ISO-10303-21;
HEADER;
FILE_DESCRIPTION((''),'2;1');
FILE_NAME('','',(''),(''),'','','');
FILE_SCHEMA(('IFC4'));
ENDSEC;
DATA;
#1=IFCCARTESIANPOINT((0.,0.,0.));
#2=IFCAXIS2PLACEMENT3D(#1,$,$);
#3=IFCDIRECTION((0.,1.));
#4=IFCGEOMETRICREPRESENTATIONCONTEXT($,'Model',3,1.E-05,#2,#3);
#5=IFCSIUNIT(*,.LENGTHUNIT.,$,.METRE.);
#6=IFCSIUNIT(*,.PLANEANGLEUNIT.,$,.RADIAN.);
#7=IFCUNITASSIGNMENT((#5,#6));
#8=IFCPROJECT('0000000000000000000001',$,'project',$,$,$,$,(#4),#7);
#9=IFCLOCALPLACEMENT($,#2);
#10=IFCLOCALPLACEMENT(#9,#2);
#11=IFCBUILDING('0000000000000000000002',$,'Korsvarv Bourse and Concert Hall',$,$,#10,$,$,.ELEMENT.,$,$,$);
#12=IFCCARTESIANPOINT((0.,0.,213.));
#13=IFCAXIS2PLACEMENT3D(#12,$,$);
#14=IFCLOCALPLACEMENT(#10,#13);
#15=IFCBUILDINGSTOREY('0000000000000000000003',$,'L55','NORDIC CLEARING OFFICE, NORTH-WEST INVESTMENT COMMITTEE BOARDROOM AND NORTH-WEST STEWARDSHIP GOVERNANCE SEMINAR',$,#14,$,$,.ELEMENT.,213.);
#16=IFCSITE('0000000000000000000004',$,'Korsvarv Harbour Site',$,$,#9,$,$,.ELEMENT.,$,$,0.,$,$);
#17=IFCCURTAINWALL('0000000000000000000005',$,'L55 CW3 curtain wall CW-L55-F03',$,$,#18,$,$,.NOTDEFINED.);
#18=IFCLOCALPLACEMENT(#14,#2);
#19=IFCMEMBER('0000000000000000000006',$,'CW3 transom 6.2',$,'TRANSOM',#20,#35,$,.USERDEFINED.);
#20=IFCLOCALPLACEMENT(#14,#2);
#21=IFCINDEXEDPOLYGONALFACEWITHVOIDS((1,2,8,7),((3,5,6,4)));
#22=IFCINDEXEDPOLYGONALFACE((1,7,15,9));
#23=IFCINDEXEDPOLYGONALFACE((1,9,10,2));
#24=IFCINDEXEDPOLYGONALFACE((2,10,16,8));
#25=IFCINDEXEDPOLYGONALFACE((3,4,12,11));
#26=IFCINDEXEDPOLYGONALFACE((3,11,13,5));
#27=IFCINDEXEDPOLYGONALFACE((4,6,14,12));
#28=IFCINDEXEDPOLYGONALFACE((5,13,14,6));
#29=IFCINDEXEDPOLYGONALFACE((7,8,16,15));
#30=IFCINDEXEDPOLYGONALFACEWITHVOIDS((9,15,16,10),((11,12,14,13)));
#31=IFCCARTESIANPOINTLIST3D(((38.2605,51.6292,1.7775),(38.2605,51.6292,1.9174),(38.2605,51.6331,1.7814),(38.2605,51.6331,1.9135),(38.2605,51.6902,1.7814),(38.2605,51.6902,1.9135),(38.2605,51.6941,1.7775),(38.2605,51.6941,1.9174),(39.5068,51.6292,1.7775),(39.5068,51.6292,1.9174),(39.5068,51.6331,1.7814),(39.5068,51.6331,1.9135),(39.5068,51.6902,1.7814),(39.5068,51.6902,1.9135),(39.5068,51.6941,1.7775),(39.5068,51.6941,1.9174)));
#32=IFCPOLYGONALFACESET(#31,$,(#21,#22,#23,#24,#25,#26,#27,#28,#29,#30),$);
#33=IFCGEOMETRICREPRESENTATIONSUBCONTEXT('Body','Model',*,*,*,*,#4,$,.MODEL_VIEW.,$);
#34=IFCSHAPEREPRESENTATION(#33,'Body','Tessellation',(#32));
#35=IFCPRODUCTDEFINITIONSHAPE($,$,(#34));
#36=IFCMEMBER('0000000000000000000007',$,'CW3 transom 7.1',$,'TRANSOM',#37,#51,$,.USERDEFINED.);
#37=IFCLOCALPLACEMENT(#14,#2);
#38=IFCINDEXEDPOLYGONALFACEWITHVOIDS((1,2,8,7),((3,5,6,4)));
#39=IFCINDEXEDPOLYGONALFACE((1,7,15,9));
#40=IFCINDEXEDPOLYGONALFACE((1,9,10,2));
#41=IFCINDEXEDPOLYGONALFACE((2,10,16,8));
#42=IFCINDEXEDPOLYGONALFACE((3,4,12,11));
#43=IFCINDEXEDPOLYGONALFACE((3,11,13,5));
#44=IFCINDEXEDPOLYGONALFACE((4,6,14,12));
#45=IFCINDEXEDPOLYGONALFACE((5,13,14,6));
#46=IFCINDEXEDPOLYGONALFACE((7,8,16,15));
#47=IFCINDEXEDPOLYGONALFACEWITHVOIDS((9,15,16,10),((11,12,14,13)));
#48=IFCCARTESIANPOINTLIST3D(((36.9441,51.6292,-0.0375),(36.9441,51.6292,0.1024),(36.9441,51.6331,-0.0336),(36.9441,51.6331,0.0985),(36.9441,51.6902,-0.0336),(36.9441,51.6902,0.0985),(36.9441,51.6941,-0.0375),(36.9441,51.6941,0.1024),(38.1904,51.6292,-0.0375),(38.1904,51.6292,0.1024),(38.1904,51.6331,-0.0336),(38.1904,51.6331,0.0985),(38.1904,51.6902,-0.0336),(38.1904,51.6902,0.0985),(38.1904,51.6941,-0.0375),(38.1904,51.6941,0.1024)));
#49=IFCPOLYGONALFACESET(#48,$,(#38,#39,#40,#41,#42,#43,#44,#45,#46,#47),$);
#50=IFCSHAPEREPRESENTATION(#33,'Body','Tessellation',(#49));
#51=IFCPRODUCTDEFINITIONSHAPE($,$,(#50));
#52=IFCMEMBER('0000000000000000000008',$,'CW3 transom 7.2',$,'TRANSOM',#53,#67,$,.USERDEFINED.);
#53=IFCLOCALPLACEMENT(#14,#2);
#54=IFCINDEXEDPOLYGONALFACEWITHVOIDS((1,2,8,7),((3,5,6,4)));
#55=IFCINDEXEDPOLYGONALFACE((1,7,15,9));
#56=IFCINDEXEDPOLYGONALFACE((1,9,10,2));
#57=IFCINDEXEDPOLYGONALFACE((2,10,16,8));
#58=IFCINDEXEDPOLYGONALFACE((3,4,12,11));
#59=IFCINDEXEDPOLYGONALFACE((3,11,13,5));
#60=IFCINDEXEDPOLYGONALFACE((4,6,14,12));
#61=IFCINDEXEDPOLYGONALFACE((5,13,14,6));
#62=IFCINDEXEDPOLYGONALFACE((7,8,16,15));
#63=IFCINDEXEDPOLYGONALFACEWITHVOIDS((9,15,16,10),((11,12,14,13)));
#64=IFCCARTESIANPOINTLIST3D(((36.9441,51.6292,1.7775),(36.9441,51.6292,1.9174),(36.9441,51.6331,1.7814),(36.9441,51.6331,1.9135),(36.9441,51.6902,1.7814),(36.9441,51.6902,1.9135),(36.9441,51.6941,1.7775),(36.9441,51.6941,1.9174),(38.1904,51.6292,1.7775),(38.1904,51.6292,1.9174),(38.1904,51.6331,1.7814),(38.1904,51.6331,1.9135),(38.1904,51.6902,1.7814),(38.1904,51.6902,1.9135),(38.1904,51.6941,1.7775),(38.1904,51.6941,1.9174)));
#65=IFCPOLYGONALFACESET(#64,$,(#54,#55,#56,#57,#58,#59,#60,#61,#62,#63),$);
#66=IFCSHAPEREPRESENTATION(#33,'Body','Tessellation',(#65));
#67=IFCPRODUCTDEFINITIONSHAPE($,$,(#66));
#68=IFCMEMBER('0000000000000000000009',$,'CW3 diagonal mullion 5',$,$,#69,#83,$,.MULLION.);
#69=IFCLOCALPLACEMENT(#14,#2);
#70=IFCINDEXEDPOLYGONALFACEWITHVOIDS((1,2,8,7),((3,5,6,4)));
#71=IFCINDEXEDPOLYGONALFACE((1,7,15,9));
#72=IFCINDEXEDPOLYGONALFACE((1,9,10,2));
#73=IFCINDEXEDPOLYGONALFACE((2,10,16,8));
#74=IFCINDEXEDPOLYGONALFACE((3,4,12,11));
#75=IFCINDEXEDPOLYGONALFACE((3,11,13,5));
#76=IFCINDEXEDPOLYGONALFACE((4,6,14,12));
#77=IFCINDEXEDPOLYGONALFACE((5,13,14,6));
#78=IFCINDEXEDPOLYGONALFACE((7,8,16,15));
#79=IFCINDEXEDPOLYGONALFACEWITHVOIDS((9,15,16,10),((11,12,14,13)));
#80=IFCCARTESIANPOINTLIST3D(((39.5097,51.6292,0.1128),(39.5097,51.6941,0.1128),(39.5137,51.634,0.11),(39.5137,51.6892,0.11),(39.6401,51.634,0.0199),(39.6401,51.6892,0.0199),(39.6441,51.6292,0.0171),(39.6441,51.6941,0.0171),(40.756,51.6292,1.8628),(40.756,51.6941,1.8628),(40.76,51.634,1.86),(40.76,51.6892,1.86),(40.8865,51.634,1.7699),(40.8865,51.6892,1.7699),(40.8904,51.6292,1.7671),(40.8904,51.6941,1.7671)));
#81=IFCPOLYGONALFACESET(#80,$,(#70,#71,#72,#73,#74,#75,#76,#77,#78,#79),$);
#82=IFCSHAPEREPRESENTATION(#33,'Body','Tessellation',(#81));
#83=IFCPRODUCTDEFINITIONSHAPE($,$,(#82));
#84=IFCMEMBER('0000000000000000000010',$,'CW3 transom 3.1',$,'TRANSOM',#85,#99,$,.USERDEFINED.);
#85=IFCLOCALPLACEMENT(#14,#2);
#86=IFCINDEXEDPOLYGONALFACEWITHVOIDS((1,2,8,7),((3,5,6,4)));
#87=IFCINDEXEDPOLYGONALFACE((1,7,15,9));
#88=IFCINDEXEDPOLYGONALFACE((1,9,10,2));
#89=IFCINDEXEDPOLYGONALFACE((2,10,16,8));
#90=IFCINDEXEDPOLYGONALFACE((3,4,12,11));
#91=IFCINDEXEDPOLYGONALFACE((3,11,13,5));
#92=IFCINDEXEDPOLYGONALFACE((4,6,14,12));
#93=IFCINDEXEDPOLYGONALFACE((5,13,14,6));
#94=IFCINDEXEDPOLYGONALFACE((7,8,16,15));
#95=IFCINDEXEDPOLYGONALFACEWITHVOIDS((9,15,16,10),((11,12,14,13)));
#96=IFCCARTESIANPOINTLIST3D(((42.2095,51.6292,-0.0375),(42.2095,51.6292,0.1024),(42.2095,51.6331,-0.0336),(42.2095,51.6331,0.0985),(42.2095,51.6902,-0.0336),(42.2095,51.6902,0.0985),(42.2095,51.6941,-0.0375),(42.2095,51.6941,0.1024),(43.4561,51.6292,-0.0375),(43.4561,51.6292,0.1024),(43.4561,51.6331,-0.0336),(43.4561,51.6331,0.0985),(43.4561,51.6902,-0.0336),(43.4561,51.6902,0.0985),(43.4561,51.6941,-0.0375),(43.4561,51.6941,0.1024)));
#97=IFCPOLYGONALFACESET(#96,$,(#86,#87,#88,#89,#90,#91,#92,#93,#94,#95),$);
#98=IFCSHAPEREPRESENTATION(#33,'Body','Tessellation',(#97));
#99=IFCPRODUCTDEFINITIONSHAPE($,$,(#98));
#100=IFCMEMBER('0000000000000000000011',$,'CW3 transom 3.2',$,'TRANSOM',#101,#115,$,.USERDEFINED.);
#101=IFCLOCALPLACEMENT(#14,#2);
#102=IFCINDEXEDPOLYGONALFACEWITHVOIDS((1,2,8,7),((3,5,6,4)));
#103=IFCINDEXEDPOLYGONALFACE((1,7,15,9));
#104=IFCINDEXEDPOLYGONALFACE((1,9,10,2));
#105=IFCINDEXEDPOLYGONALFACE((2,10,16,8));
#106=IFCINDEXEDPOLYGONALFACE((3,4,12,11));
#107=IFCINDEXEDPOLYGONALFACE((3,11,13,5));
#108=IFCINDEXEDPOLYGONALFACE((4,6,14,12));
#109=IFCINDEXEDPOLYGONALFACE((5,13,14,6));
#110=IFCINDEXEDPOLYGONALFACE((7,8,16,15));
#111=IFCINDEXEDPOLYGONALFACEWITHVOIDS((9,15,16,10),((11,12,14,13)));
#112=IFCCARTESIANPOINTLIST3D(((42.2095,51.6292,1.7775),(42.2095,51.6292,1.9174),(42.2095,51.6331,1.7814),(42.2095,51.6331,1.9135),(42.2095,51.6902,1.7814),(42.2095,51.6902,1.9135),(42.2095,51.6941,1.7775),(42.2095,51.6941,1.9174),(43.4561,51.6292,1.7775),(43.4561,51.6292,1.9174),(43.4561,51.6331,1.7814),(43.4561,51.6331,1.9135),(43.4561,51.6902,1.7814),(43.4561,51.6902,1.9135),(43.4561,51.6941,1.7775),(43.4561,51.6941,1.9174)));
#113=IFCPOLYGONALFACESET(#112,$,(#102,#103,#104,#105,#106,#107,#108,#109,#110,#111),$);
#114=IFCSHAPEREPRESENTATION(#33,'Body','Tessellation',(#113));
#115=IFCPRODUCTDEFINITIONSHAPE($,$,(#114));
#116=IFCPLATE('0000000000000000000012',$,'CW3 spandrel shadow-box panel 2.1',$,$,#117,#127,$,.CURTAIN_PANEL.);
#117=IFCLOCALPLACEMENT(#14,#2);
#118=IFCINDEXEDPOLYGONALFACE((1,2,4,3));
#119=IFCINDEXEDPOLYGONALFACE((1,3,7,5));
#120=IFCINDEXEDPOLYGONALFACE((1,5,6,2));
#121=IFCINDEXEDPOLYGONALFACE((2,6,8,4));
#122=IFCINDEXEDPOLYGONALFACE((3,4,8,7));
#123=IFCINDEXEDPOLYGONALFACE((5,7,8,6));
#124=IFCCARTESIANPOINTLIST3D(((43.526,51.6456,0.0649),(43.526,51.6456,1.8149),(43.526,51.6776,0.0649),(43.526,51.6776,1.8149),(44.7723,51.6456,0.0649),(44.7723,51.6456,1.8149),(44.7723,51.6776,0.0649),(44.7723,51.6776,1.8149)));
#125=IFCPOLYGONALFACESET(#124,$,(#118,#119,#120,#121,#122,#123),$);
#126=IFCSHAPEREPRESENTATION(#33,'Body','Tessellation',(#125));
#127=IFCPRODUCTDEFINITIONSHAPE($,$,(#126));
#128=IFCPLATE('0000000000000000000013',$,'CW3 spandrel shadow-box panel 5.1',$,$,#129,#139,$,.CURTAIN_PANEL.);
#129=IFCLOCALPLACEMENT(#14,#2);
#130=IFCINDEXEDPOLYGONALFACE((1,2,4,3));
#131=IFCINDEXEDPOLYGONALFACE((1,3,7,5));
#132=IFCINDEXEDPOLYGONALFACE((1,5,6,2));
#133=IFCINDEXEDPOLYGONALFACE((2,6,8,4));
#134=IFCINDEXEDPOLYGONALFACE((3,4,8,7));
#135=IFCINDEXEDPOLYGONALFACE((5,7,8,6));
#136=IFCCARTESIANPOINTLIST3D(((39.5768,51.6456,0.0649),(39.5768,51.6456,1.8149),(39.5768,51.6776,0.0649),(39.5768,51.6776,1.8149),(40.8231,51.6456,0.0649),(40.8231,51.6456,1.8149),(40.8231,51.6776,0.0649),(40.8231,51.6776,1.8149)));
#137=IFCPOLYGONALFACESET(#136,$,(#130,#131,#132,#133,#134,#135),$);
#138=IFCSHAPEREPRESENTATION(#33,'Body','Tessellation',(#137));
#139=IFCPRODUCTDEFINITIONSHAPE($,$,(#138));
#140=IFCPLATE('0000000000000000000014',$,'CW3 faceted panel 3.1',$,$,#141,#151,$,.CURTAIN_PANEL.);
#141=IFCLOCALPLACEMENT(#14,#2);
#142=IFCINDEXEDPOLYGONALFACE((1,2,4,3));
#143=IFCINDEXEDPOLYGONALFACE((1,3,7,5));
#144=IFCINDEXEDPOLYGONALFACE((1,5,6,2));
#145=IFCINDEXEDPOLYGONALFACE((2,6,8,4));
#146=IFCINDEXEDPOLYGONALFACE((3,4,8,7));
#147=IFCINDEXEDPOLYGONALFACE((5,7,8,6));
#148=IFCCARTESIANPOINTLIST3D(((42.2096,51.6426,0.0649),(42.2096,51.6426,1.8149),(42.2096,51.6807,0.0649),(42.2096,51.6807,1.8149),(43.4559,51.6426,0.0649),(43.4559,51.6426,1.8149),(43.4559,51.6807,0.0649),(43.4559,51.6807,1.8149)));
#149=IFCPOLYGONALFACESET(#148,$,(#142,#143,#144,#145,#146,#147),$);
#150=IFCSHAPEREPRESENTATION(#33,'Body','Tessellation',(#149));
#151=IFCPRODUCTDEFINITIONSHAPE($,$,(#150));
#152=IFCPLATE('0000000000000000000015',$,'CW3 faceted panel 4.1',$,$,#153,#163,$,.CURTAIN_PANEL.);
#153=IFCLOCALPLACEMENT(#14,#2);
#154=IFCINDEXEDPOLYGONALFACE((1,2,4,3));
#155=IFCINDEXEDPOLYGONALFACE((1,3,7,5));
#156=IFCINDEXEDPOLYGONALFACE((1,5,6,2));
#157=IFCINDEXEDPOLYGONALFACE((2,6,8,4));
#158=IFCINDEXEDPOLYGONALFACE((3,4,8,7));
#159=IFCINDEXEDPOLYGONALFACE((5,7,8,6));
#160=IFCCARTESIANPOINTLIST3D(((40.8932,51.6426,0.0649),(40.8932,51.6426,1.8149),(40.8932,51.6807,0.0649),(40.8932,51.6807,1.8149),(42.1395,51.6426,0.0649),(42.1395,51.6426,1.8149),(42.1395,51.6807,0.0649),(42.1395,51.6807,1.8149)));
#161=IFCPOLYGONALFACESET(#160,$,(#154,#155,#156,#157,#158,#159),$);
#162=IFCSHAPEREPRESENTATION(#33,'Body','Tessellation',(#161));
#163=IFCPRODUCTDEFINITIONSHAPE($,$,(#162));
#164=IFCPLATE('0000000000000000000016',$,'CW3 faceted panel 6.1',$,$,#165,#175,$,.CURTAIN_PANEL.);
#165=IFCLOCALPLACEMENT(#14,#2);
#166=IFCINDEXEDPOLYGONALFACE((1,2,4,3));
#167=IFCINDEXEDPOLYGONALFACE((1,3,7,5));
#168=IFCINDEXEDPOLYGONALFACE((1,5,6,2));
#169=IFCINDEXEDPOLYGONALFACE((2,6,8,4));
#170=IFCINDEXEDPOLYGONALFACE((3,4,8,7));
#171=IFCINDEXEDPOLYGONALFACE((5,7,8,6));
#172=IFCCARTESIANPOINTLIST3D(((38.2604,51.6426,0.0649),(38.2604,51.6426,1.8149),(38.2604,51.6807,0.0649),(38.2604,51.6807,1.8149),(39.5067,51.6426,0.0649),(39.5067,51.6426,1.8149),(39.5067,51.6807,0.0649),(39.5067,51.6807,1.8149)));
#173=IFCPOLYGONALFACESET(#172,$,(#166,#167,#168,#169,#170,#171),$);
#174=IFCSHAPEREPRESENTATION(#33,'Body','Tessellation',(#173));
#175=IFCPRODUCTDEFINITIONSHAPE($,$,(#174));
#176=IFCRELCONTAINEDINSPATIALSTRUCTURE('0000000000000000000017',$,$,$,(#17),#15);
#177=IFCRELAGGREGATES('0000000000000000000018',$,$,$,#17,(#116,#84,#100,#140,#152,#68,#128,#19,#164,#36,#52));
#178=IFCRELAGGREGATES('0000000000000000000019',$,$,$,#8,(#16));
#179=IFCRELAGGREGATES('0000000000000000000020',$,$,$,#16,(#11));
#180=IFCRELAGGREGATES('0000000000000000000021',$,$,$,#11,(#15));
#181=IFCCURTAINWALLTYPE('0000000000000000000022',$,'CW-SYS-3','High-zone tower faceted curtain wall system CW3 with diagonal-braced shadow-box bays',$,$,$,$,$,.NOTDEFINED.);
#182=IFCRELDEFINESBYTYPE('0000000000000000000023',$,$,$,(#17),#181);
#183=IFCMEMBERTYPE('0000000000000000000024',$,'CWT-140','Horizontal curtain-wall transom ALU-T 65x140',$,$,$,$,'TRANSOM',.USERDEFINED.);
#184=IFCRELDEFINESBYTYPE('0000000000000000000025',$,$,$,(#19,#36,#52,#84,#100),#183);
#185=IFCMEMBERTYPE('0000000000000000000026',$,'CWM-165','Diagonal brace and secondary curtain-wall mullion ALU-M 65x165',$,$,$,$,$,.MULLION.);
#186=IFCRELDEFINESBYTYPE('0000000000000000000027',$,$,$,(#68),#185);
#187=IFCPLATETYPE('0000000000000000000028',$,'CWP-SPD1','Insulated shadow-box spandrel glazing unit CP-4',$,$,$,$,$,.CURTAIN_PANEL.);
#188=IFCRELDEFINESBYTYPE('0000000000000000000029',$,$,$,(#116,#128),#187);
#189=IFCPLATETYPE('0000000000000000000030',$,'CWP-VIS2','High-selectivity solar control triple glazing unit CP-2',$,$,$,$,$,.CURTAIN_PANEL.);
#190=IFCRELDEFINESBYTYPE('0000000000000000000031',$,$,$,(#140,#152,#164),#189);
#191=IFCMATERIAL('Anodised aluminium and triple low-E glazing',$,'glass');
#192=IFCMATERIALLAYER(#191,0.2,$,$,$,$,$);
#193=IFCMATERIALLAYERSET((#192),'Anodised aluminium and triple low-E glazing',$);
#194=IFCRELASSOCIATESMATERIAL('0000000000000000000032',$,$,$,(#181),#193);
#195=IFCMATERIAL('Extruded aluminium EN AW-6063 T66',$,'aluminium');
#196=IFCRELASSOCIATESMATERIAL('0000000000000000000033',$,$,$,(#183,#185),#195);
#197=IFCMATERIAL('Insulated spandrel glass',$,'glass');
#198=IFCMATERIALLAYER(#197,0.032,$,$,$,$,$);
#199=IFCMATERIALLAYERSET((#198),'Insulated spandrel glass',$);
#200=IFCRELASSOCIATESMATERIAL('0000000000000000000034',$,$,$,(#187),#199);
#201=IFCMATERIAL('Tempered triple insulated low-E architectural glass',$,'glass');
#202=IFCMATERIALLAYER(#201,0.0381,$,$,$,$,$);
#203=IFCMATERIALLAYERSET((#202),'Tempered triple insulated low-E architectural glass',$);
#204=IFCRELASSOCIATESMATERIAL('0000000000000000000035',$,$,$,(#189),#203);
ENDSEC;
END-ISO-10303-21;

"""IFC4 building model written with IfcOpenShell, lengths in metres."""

from ifc_helpers import new_model, si_unit, direction, frame, origin, origin_2d, place, context, subcontext, project, spatial, rectangle, hollow_rectangle, extrude, source, transform, mapped, material, layer, layer_set, material_profile, profile_set, type_object, element, aggregate, save


model = new_model("IFC4")

# Units and contexts
model_context = context("Model", 3, precision=1e-05, world=origin(), true_north=direction((0.0, 1.0)))
body_context = subcontext(model_context, "Body", "Model", "MODEL_VIEW")
ifc_project = project(units=[si_unit("LENGTHUNIT", "METRE"), si_unit("PLANEANGLEUNIT", "RADIAN")], contexts=[model_context])

# Site, building, storey
site_placement = place(None, origin())
site = spatial("IfcSite", under=ifc_project, at=site_placement, Name="Korsvarv Harbour Site", CompositionType="ELEMENT", RefElevation=0.0)
building_placement = place(site_placement, origin())
building = spatial("IfcBuilding", under=site, at=building_placement, Name="Korsvarv Bourse and Concert Hall", CompositionType="ELEMENT")
storey_placement = place(building_placement, frame((0.0, 0.0, 213.0)))
storey = spatial("IfcBuildingStorey", under=building, at=storey_placement, Name="L55", Description="NORDIC CLEARING OFFICE, NORTH-WEST INVESTMENT COMMITTEE BOARDROOM AND NORTH-WEST STEWARDSHIP GOVERNANCE SEMINAR", CompositionType="ELEMENT", Elevation=213.0)

# Curtain wall, members, plates
ifc_material_1 = material(Name="Anodised aluminium and triple low-E glazing", Category="glass")
ifc_layer_1 = layer(ifc_material_1, 0.2)
ifc_layer_set_1 = layer_set([ifc_layer_1], Name="Anodised aluminium and triple low-E glazing")
curtain_wall_type = type_object("IfcCurtainWallType", Name="CW-SYS-3", Description="High-zone tower faceted curtain wall system CW3 with diagonal-braced shadow-box bays", PredefinedType="NOTDEFINED", material=ifc_layer_set_1)
curtain_wall_placement = place(storey_placement, origin())
curtain_wall = element("IfcCurtainWall", 1, at=curtain_wall_placement, inside=storey, type_object=curtain_wall_type, Name="L55 CW3 curtain wall CW-L55-F03", PredefinedType="NOTDEFINED")
ifc_material_2 = material(Name="Extruded aluminium EN AW-6063 T66", Category="aluminium")
ifc_material_profile_1 = material_profile(ifc_material_2, hollow_rectangle(XDim=0.0649, YDim=0.1399, WallThickness=0.0039, at=origin_2d()), Name="ALU-T 65x140")
ifc_profile_set_1 = profile_set([ifc_material_profile_1], Name="Extruded aluminium EN AW-6063 T66")
member_type_1 = type_object("IfcMemberType", Name="CWT-140", Description="Horizontal curtain-wall transom ALU-T 65x140", ElementType="TRANSOM", PredefinedType="USERDEFINED", material=ifc_profile_set_1)
shared_shape_1 = source(origin(), body_context, "Body", "SweptSolid", [
    extrude(hollow_rectangle(XDim=0.0649, YDim=0.1399, WallThickness=0.0039, at=origin_2d()), origin(), (0.0, 0.0, 1.0), 1.2463),
])
member_1_placement = place(storey_placement, frame((39.5068, 51.6616, 1.8474), z_axis=(-1.0, 0.0, 0.0), x_axis=(0.0, -1.0, 0.0)))
member_1 = element("IfcMember", 2, at=member_1_placement, type_object=member_type_1, Name="CW3 transom 6.2", ObjectType="TRANSOM", PredefinedType="USERDEFINED", context=body_context, shape_type="MappedRepresentation", body=[
    mapped(shared_shape_1, transform((0.0, 0.0, 0.0), scale=1.0)),
])
member_2_placement = place(storey_placement, frame((38.1904, 51.6616, 0.0325), z_axis=(-1.0, 0.0, 0.0), x_axis=(0.0, -1.0, 0.0)))
member_2 = element("IfcMember", 3, at=member_2_placement, type_object=member_type_1, Name="CW3 transom 7.1", ObjectType="TRANSOM", PredefinedType="USERDEFINED", context=body_context, shape_type="MappedRepresentation", body=[
    mapped(shared_shape_1, transform((0.0, 0.0, 0.0), scale=1.0)),
])
member_3_placement = place(storey_placement, frame((38.1904, 51.6616, 1.8474), z_axis=(-1.0, 0.0, 0.0), x_axis=(0.0, -1.0, 0.0)))
member_3 = element("IfcMember", 4, at=member_3_placement, type_object=member_type_1, Name="CW3 transom 7.2", ObjectType="TRANSOM", PredefinedType="USERDEFINED", context=body_context, shape_type="MappedRepresentation", body=[
    mapped(shared_shape_1, transform((0.0, 0.0, 0.0), scale=1.0)),
])
ifc_material_profile_2 = material_profile(ifc_material_2, hollow_rectangle(XDim=0.0649, YDim=0.165, WallThickness=0.0049, at=origin_2d()), Name="ALU-M 65x165")
ifc_profile_set_2 = profile_set([ifc_material_profile_2], Name="Extruded aluminium EN AW-6063 T66")
member_type_2 = type_object("IfcMemberType", Name="CWM-165", Description="Diagonal brace and secondary curtain-wall mullion ALU-M 65x165", PredefinedType="MULLION", material=ifc_profile_set_2)
shared_shape_2 = source(origin(), body_context, "Body", "SweptSolid", [
    extrude(hollow_rectangle(XDim=0.0649, YDim=0.165, WallThickness=0.0049, at=origin_2d()), origin(), (0.0, 0.0, 1.0), 2.1484),
])
member_4_placement = place(storey_placement, frame((39.5769, 51.6616, 0.0649), z_axis=(0.580109, 0.0, 0.814539), x_axis=(0.0, 1.0, 0.0)))
member_4 = element("IfcMember", 5, at=member_4_placement, type_object=member_type_2, Name="CW3 diagonal mullion 5", PredefinedType="MULLION", context=body_context, shape_type="MappedRepresentation", body=[
    mapped(shared_shape_2, transform((0.0, 0.0, 0.0), scale=1.0)),
])
shared_shape_3 = source(origin(), body_context, "Body", "SweptSolid", [
    extrude(hollow_rectangle(XDim=0.0649, YDim=0.1399, WallThickness=0.0039, at=origin_2d()), origin(), (0.0, 0.0, 1.0), 1.2466),
])
member_5_placement = place(storey_placement, frame((43.4561, 51.6616, 0.0325), z_axis=(-1.0, 0.0, 0.0), x_axis=(0.0, -1.0, 0.0)))
member_5 = element("IfcMember", 6, at=member_5_placement, type_object=member_type_1, Name="CW3 transom 3.1", ObjectType="TRANSOM", PredefinedType="USERDEFINED", context=body_context, shape_type="MappedRepresentation", body=[
    mapped(shared_shape_3, transform((0.0, 0.0, 0.0), scale=1.0)),
])
member_6_placement = place(storey_placement, frame((43.4561, 51.6616, 1.8474), z_axis=(-1.0, 0.0, 0.0), x_axis=(0.0, -1.0, 0.0)))
member_6 = element("IfcMember", 7, at=member_6_placement, type_object=member_type_1, Name="CW3 transom 3.2", ObjectType="TRANSOM", PredefinedType="USERDEFINED", context=body_context, shape_type="MappedRepresentation", body=[
    mapped(shared_shape_3, transform((0.0, 0.0, 0.0), scale=1.0)),
])
ifc_material_3 = material(Name="Insulated spandrel glass", Category="glass")
ifc_layer_2 = layer(ifc_material_3, 0.032)
ifc_layer_set_2 = layer_set([ifc_layer_2], Name="Insulated spandrel glass")
plate_type_1 = type_object("IfcPlateType", Name="CWP-SPD1", Description="Insulated shadow-box spandrel glazing unit CP-4", PredefinedType="CURTAIN_PANEL", material=ifc_layer_set_2)
shared_shape_4 = source(origin(), body_context, "Body", "SweptSolid", [
    extrude(rectangle(XDim=1.2463, YDim=0.032, at=origin_2d()), origin(), (0.0, 0.0, 1.0), 1.75),
])
plate_1_placement = place(storey_placement, frame((44.1492, 51.6616, 0.0649), z_axis=(0.0, 0.0, 1.0), x_axis=(-1.0, 0.0, 0.0)))
plate_1 = element("IfcPlate", 8, at=plate_1_placement, type_object=plate_type_1, Name="CW3 spandrel shadow-box panel 2.1", PredefinedType="CURTAIN_PANEL", context=body_context, shape_type="MappedRepresentation", body=[
    mapped(shared_shape_4, transform((0.0, 0.0, 0.0), scale=1.0)),
])
plate_2_placement = place(storey_placement, frame((40.2, 51.6616, 0.0649), z_axis=(0.0, 0.0, 1.0), x_axis=(-1.0, 0.0, 0.0)))
plate_2 = element("IfcPlate", 9, at=plate_2_placement, type_object=plate_type_1, Name="CW3 spandrel shadow-box panel 5.1", PredefinedType="CURTAIN_PANEL", context=body_context, shape_type="MappedRepresentation", body=[
    mapped(shared_shape_4, transform((0.0, 0.0, 0.0), scale=1.0)),
])
ifc_material_4 = material(Name="Tempered triple insulated low-E architectural glass", Category="glass")
ifc_layer_3 = layer(ifc_material_4, 0.0381)
ifc_layer_set_3 = layer_set([ifc_layer_3], Name="Tempered triple insulated low-E architectural glass")
plate_type_2 = type_object("IfcPlateType", Name="CWP-VIS2", Description="High-selectivity solar control triple glazing unit CP-2", PredefinedType="CURTAIN_PANEL", material=ifc_layer_set_3)
shared_shape_5 = source(origin(), body_context, "Body", "SweptSolid", [
    extrude(rectangle(XDim=1.2463, YDim=0.0381, at=origin_2d()), origin(), (0.0, 0.0, 1.0), 1.75),
])
plate_3_placement = place(storey_placement, frame((42.8328, 51.6616, 0.0649), z_axis=(0.0, 0.0, 1.0), x_axis=(-1.0, 0.0, 0.0)))
plate_3 = element("IfcPlate", 10, at=plate_3_placement, type_object=plate_type_2, Name="CW3 faceted panel 3.1", PredefinedType="CURTAIN_PANEL", context=body_context, shape_type="MappedRepresentation", body=[
    mapped(shared_shape_5, transform((0.0, 0.0, 0.0), scale=1.0)),
])
plate_4_placement = place(storey_placement, frame((41.5164, 51.6616, 0.0649), z_axis=(0.0, 0.0, 1.0), x_axis=(-1.0, 0.0, 0.0)))
plate_4 = element("IfcPlate", 11, at=plate_4_placement, type_object=plate_type_2, Name="CW3 faceted panel 4.1", PredefinedType="CURTAIN_PANEL", context=body_context, shape_type="MappedRepresentation", body=[
    mapped(shared_shape_5, transform((0.0, 0.0, 0.0), scale=1.0)),
])
plate_5_placement = place(storey_placement, frame((38.8835, 51.6616, 0.0649), z_axis=(0.0, 0.0, 1.0), x_axis=(-1.0, 0.0, 0.0)))
plate_5 = element("IfcPlate", 12, at=plate_5_placement, type_object=plate_type_2, Name="CW3 faceted panel 6.1", PredefinedType="CURTAIN_PANEL", context=body_context, shape_type="MappedRepresentation", body=[
    mapped(shared_shape_5, transform((0.0, 0.0, 0.0), scale=1.0)),
])
aggregate(curtain_wall, [plate_1, member_5, member_6, plate_3, plate_4, member_4, plate_2, member_1, plate_5, member_2, member_3])

save(model, "model.ifc")
